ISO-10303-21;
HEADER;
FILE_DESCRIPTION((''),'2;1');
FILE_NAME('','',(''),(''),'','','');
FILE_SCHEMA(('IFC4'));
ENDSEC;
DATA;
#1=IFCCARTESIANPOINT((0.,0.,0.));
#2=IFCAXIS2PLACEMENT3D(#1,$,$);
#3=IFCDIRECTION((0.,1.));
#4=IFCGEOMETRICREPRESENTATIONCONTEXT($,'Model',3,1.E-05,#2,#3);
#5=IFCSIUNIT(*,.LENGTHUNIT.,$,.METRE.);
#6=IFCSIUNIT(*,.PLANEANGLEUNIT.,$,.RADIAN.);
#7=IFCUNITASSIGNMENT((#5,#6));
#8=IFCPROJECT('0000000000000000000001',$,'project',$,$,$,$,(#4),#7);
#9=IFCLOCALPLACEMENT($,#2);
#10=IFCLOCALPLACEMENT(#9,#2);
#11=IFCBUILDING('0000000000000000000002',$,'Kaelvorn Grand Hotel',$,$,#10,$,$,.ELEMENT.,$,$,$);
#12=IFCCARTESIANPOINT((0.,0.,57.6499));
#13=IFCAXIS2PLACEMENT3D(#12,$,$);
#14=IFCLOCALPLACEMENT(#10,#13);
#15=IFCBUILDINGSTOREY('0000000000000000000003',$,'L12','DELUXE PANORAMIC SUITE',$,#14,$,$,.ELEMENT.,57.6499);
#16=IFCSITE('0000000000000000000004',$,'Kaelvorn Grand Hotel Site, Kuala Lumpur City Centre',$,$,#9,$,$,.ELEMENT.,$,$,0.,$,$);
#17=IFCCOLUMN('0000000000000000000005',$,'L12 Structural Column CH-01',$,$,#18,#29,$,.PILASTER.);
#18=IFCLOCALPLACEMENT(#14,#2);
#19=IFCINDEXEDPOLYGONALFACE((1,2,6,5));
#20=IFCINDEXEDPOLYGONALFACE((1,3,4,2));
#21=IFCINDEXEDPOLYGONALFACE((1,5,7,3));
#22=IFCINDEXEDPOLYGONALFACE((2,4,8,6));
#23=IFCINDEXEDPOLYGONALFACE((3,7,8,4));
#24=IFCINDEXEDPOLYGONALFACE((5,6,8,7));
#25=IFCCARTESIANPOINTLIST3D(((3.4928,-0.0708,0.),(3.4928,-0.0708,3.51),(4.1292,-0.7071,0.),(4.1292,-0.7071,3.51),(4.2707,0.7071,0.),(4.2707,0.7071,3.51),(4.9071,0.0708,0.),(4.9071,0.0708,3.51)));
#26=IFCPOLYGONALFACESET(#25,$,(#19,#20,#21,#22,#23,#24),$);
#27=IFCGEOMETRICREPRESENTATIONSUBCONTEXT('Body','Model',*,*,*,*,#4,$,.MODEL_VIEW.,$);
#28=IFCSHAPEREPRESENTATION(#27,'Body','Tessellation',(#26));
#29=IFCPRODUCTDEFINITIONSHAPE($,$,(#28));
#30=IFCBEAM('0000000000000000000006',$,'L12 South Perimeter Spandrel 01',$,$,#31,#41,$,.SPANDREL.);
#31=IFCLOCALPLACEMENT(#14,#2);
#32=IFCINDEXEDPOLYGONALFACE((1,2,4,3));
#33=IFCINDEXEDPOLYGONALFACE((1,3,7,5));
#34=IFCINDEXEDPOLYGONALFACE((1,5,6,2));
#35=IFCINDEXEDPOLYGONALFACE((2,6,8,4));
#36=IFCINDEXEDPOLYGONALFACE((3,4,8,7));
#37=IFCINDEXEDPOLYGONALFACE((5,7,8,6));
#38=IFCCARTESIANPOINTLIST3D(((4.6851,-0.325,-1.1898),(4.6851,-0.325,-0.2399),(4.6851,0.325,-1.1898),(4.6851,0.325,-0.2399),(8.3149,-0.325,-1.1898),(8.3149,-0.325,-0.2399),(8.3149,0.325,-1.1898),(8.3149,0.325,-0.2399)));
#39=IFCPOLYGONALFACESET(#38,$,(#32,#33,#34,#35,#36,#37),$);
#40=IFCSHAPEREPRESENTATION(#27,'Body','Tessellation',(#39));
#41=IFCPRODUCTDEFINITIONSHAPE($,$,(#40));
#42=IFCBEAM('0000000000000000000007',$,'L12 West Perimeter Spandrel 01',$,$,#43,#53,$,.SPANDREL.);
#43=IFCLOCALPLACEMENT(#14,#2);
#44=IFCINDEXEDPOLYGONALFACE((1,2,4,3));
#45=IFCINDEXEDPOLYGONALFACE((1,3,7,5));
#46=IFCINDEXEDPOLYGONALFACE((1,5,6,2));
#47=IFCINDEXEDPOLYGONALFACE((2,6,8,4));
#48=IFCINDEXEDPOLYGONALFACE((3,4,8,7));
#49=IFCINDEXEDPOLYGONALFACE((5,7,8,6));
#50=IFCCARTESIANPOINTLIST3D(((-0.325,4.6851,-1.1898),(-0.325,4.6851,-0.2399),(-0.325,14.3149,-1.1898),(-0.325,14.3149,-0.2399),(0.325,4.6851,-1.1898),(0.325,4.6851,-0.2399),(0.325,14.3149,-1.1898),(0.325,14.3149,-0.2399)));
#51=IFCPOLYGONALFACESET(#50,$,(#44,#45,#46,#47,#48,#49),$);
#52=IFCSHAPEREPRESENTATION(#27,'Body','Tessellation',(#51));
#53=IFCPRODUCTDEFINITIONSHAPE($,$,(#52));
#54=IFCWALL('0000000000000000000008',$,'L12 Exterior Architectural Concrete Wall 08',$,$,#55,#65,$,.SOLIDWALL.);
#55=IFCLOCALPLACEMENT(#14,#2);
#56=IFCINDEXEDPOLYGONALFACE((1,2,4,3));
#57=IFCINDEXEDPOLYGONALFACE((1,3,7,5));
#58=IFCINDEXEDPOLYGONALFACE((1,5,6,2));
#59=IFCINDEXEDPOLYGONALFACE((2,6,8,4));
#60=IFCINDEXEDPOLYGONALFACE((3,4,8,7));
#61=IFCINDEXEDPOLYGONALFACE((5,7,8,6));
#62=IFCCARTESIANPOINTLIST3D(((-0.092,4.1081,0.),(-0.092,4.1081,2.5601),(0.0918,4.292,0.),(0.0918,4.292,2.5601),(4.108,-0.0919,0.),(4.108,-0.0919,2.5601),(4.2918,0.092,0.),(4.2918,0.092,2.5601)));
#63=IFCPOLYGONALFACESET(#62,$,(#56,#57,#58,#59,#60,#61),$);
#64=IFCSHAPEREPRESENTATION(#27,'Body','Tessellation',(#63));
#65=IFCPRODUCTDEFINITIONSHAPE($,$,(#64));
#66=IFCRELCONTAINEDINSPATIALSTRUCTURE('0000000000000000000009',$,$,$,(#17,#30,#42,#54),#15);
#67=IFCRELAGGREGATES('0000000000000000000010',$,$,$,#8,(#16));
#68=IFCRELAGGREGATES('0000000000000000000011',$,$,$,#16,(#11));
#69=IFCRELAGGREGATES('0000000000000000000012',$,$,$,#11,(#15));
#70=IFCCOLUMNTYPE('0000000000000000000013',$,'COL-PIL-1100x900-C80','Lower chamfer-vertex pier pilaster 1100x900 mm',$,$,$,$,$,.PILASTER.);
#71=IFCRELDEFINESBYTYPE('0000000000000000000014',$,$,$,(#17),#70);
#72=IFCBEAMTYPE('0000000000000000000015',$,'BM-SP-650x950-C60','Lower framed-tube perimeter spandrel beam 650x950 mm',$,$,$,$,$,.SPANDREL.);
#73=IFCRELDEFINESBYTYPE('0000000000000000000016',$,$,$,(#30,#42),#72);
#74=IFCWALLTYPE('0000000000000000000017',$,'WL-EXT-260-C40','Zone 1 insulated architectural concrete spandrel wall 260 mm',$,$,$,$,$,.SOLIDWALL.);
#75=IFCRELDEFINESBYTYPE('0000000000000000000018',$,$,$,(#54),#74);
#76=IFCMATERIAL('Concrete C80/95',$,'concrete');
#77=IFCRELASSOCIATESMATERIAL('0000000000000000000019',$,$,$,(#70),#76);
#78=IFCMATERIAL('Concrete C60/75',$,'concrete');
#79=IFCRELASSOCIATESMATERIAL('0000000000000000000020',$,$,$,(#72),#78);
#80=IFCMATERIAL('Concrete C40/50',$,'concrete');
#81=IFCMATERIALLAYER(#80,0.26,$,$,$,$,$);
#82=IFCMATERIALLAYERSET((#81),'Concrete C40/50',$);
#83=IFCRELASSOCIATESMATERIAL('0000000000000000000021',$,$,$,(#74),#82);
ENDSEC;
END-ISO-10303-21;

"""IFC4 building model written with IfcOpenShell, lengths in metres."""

from ifc_helpers import new_model, si_unit, direction, frame, frame_2d, origin, origin_2d, place, context, subcontext, project, spatial, rectangle, extrude, material, layer, layer_set, material_profile, profile_set, type_object, element, save


model = new_model("IFC4")

# Units and contexts
model_context = context("Model", 3, precision=1e-05, world=origin(), true_north=direction((0.0, 1.0)))
body_context = subcontext(model_context, "Body", "Model", "MODEL_VIEW")
ifc_project = project(units=[si_unit("LENGTHUNIT", "METRE"), si_unit("PLANEANGLEUNIT", "RADIAN")], contexts=[model_context])

# Site, building, storey
site_placement = place(None, origin())
site = spatial("IfcSite", under=ifc_project, at=site_placement, Name="Kaelvorn Grand Hotel Site, Kuala Lumpur City Centre", CompositionType="ELEMENT", RefElevation=0.0)
building_placement = place(site_placement, origin())
building = spatial("IfcBuilding", under=site, at=building_placement, Name="Kaelvorn Grand Hotel", CompositionType="ELEMENT")
storey_placement = place(building_placement, frame((0.0, 0.0, 57.6499)))
storey = spatial("IfcBuildingStorey", under=building, at=storey_placement, Name="L12", Description="DELUXE PANORAMIC SUITE", CompositionType="ELEMENT", Elevation=57.6499)

# Column
ifc_material_1 = material(Name="Concrete C80/95", Category="concrete")
ifc_material_profile_1 = material_profile(ifc_material_1, rectangle(XDim=1.1001, YDim=0.8999, at=origin_2d()), Name="RC PILASTER 1100x900")
ifc_profile_set_1 = profile_set([ifc_material_profile_1], Name="Concrete C80/95")
column_type = type_object("IfcColumnType", Name="COL-PIL-1100x900-C80", Description="Lower chamfer-vertex pier pilaster 1100x900 mm", PredefinedType="PILASTER", material=ifc_profile_set_1)
column_placement = place(storey_placement, frame((4.2, 0.0, 0.0), z_axis=(0.0, 0.0, 1.0), x_axis=(0.707107, 0.707107, 0.0)))
element("IfcColumn", 1, at=column_placement, inside=storey, type_object=column_type, Name="L12 Structural Column CH-01", PredefinedType="PILASTER", context=body_context, shape_type="SweptSolid", body=[
    extrude(rectangle(XDim=1.1001, YDim=0.8999, at=origin_2d()), origin(), (0.0, 0.0, 1.0), 3.51),
])

# Beams
ifc_material_2 = material(Name="Concrete C60/75", Category="concrete")
ifc_material_profile_2 = material_profile(ifc_material_2, rectangle(XDim=0.6499, YDim=0.95, at=origin_2d()), Name="RC SPANDREL 650x950")
ifc_profile_set_2 = profile_set([ifc_material_profile_2], Name="Concrete C60/75")
beam_type = type_object("IfcBeamType", Name="BM-SP-650x950-C60", Description="Lower framed-tube perimeter spandrel beam 650x950 mm", PredefinedType="SPANDREL", material=ifc_profile_set_2)
beam_1_placement = place(storey_placement, frame((4.6851, 0.0, -0.7148), z_axis=(1.0, 0.0, 0.0), x_axis=(0.0, 1.0, 0.0)))
element("IfcBeam", 2, at=beam_1_placement, inside=storey, type_object=beam_type, Name="L12 South Perimeter Spandrel 01", PredefinedType="SPANDREL", context=body_context, shape_type="SweptSolid", body=[
    extrude(rectangle(XDim=0.6499, YDim=0.95, at=origin_2d()), origin(), (0.0, 0.0, 1.0), 3.6299),
])
beam_2_placement = place(storey_placement, frame((0.0, 4.6851, -0.7148), z_axis=(0.0, 1.0, 0.0), x_axis=(-1.0, 0.0, 0.0)))
element("IfcBeam", 3, at=beam_2_placement, inside=storey, type_object=beam_type, Name="L12 West Perimeter Spandrel 01", PredefinedType="SPANDREL", context=body_context, shape_type="SweptSolid", body=[
    extrude(rectangle(XDim=0.6499, YDim=0.95, at=origin_2d()), origin(), (0.0, 0.0, 1.0), 9.6299),
])

# Shared definitions
ifc_material_3 = material(Name="Concrete C40/50", Category="concrete")
ifc_layer = layer(ifc_material_3, 0.26)
ifc_layer_set = layer_set([ifc_layer], Name="Concrete C40/50")
wall_type = type_object("IfcWallType", Name="WL-EXT-260-C40", Description="Zone 1 insulated architectural concrete spandrel wall 260 mm", PredefinedType="SOLIDWALL", material=ifc_layer_set)

# Wall
wall_1_placement = place(storey_placement, frame((0.0, 4.2, 0.0), z_axis=(0.0, 0.0, 1.0), x_axis=(0.707107, -0.707107, 0.0)))
element("IfcWall", 4, at=wall_1_placement, inside=storey, type_object=wall_type, Name="L12 Exterior Architectural Concrete Wall 08", PredefinedType="SOLIDWALL", context=body_context, shape_type="SweptSolid", body=[
    extrude(rectangle(XDim=5.9397, YDim=0.26, at=frame_2d((2.9697, 0.0))), origin(), (0.0, 0.0, 1.0), 2.5601),
])

save(model, "model.ifc")
